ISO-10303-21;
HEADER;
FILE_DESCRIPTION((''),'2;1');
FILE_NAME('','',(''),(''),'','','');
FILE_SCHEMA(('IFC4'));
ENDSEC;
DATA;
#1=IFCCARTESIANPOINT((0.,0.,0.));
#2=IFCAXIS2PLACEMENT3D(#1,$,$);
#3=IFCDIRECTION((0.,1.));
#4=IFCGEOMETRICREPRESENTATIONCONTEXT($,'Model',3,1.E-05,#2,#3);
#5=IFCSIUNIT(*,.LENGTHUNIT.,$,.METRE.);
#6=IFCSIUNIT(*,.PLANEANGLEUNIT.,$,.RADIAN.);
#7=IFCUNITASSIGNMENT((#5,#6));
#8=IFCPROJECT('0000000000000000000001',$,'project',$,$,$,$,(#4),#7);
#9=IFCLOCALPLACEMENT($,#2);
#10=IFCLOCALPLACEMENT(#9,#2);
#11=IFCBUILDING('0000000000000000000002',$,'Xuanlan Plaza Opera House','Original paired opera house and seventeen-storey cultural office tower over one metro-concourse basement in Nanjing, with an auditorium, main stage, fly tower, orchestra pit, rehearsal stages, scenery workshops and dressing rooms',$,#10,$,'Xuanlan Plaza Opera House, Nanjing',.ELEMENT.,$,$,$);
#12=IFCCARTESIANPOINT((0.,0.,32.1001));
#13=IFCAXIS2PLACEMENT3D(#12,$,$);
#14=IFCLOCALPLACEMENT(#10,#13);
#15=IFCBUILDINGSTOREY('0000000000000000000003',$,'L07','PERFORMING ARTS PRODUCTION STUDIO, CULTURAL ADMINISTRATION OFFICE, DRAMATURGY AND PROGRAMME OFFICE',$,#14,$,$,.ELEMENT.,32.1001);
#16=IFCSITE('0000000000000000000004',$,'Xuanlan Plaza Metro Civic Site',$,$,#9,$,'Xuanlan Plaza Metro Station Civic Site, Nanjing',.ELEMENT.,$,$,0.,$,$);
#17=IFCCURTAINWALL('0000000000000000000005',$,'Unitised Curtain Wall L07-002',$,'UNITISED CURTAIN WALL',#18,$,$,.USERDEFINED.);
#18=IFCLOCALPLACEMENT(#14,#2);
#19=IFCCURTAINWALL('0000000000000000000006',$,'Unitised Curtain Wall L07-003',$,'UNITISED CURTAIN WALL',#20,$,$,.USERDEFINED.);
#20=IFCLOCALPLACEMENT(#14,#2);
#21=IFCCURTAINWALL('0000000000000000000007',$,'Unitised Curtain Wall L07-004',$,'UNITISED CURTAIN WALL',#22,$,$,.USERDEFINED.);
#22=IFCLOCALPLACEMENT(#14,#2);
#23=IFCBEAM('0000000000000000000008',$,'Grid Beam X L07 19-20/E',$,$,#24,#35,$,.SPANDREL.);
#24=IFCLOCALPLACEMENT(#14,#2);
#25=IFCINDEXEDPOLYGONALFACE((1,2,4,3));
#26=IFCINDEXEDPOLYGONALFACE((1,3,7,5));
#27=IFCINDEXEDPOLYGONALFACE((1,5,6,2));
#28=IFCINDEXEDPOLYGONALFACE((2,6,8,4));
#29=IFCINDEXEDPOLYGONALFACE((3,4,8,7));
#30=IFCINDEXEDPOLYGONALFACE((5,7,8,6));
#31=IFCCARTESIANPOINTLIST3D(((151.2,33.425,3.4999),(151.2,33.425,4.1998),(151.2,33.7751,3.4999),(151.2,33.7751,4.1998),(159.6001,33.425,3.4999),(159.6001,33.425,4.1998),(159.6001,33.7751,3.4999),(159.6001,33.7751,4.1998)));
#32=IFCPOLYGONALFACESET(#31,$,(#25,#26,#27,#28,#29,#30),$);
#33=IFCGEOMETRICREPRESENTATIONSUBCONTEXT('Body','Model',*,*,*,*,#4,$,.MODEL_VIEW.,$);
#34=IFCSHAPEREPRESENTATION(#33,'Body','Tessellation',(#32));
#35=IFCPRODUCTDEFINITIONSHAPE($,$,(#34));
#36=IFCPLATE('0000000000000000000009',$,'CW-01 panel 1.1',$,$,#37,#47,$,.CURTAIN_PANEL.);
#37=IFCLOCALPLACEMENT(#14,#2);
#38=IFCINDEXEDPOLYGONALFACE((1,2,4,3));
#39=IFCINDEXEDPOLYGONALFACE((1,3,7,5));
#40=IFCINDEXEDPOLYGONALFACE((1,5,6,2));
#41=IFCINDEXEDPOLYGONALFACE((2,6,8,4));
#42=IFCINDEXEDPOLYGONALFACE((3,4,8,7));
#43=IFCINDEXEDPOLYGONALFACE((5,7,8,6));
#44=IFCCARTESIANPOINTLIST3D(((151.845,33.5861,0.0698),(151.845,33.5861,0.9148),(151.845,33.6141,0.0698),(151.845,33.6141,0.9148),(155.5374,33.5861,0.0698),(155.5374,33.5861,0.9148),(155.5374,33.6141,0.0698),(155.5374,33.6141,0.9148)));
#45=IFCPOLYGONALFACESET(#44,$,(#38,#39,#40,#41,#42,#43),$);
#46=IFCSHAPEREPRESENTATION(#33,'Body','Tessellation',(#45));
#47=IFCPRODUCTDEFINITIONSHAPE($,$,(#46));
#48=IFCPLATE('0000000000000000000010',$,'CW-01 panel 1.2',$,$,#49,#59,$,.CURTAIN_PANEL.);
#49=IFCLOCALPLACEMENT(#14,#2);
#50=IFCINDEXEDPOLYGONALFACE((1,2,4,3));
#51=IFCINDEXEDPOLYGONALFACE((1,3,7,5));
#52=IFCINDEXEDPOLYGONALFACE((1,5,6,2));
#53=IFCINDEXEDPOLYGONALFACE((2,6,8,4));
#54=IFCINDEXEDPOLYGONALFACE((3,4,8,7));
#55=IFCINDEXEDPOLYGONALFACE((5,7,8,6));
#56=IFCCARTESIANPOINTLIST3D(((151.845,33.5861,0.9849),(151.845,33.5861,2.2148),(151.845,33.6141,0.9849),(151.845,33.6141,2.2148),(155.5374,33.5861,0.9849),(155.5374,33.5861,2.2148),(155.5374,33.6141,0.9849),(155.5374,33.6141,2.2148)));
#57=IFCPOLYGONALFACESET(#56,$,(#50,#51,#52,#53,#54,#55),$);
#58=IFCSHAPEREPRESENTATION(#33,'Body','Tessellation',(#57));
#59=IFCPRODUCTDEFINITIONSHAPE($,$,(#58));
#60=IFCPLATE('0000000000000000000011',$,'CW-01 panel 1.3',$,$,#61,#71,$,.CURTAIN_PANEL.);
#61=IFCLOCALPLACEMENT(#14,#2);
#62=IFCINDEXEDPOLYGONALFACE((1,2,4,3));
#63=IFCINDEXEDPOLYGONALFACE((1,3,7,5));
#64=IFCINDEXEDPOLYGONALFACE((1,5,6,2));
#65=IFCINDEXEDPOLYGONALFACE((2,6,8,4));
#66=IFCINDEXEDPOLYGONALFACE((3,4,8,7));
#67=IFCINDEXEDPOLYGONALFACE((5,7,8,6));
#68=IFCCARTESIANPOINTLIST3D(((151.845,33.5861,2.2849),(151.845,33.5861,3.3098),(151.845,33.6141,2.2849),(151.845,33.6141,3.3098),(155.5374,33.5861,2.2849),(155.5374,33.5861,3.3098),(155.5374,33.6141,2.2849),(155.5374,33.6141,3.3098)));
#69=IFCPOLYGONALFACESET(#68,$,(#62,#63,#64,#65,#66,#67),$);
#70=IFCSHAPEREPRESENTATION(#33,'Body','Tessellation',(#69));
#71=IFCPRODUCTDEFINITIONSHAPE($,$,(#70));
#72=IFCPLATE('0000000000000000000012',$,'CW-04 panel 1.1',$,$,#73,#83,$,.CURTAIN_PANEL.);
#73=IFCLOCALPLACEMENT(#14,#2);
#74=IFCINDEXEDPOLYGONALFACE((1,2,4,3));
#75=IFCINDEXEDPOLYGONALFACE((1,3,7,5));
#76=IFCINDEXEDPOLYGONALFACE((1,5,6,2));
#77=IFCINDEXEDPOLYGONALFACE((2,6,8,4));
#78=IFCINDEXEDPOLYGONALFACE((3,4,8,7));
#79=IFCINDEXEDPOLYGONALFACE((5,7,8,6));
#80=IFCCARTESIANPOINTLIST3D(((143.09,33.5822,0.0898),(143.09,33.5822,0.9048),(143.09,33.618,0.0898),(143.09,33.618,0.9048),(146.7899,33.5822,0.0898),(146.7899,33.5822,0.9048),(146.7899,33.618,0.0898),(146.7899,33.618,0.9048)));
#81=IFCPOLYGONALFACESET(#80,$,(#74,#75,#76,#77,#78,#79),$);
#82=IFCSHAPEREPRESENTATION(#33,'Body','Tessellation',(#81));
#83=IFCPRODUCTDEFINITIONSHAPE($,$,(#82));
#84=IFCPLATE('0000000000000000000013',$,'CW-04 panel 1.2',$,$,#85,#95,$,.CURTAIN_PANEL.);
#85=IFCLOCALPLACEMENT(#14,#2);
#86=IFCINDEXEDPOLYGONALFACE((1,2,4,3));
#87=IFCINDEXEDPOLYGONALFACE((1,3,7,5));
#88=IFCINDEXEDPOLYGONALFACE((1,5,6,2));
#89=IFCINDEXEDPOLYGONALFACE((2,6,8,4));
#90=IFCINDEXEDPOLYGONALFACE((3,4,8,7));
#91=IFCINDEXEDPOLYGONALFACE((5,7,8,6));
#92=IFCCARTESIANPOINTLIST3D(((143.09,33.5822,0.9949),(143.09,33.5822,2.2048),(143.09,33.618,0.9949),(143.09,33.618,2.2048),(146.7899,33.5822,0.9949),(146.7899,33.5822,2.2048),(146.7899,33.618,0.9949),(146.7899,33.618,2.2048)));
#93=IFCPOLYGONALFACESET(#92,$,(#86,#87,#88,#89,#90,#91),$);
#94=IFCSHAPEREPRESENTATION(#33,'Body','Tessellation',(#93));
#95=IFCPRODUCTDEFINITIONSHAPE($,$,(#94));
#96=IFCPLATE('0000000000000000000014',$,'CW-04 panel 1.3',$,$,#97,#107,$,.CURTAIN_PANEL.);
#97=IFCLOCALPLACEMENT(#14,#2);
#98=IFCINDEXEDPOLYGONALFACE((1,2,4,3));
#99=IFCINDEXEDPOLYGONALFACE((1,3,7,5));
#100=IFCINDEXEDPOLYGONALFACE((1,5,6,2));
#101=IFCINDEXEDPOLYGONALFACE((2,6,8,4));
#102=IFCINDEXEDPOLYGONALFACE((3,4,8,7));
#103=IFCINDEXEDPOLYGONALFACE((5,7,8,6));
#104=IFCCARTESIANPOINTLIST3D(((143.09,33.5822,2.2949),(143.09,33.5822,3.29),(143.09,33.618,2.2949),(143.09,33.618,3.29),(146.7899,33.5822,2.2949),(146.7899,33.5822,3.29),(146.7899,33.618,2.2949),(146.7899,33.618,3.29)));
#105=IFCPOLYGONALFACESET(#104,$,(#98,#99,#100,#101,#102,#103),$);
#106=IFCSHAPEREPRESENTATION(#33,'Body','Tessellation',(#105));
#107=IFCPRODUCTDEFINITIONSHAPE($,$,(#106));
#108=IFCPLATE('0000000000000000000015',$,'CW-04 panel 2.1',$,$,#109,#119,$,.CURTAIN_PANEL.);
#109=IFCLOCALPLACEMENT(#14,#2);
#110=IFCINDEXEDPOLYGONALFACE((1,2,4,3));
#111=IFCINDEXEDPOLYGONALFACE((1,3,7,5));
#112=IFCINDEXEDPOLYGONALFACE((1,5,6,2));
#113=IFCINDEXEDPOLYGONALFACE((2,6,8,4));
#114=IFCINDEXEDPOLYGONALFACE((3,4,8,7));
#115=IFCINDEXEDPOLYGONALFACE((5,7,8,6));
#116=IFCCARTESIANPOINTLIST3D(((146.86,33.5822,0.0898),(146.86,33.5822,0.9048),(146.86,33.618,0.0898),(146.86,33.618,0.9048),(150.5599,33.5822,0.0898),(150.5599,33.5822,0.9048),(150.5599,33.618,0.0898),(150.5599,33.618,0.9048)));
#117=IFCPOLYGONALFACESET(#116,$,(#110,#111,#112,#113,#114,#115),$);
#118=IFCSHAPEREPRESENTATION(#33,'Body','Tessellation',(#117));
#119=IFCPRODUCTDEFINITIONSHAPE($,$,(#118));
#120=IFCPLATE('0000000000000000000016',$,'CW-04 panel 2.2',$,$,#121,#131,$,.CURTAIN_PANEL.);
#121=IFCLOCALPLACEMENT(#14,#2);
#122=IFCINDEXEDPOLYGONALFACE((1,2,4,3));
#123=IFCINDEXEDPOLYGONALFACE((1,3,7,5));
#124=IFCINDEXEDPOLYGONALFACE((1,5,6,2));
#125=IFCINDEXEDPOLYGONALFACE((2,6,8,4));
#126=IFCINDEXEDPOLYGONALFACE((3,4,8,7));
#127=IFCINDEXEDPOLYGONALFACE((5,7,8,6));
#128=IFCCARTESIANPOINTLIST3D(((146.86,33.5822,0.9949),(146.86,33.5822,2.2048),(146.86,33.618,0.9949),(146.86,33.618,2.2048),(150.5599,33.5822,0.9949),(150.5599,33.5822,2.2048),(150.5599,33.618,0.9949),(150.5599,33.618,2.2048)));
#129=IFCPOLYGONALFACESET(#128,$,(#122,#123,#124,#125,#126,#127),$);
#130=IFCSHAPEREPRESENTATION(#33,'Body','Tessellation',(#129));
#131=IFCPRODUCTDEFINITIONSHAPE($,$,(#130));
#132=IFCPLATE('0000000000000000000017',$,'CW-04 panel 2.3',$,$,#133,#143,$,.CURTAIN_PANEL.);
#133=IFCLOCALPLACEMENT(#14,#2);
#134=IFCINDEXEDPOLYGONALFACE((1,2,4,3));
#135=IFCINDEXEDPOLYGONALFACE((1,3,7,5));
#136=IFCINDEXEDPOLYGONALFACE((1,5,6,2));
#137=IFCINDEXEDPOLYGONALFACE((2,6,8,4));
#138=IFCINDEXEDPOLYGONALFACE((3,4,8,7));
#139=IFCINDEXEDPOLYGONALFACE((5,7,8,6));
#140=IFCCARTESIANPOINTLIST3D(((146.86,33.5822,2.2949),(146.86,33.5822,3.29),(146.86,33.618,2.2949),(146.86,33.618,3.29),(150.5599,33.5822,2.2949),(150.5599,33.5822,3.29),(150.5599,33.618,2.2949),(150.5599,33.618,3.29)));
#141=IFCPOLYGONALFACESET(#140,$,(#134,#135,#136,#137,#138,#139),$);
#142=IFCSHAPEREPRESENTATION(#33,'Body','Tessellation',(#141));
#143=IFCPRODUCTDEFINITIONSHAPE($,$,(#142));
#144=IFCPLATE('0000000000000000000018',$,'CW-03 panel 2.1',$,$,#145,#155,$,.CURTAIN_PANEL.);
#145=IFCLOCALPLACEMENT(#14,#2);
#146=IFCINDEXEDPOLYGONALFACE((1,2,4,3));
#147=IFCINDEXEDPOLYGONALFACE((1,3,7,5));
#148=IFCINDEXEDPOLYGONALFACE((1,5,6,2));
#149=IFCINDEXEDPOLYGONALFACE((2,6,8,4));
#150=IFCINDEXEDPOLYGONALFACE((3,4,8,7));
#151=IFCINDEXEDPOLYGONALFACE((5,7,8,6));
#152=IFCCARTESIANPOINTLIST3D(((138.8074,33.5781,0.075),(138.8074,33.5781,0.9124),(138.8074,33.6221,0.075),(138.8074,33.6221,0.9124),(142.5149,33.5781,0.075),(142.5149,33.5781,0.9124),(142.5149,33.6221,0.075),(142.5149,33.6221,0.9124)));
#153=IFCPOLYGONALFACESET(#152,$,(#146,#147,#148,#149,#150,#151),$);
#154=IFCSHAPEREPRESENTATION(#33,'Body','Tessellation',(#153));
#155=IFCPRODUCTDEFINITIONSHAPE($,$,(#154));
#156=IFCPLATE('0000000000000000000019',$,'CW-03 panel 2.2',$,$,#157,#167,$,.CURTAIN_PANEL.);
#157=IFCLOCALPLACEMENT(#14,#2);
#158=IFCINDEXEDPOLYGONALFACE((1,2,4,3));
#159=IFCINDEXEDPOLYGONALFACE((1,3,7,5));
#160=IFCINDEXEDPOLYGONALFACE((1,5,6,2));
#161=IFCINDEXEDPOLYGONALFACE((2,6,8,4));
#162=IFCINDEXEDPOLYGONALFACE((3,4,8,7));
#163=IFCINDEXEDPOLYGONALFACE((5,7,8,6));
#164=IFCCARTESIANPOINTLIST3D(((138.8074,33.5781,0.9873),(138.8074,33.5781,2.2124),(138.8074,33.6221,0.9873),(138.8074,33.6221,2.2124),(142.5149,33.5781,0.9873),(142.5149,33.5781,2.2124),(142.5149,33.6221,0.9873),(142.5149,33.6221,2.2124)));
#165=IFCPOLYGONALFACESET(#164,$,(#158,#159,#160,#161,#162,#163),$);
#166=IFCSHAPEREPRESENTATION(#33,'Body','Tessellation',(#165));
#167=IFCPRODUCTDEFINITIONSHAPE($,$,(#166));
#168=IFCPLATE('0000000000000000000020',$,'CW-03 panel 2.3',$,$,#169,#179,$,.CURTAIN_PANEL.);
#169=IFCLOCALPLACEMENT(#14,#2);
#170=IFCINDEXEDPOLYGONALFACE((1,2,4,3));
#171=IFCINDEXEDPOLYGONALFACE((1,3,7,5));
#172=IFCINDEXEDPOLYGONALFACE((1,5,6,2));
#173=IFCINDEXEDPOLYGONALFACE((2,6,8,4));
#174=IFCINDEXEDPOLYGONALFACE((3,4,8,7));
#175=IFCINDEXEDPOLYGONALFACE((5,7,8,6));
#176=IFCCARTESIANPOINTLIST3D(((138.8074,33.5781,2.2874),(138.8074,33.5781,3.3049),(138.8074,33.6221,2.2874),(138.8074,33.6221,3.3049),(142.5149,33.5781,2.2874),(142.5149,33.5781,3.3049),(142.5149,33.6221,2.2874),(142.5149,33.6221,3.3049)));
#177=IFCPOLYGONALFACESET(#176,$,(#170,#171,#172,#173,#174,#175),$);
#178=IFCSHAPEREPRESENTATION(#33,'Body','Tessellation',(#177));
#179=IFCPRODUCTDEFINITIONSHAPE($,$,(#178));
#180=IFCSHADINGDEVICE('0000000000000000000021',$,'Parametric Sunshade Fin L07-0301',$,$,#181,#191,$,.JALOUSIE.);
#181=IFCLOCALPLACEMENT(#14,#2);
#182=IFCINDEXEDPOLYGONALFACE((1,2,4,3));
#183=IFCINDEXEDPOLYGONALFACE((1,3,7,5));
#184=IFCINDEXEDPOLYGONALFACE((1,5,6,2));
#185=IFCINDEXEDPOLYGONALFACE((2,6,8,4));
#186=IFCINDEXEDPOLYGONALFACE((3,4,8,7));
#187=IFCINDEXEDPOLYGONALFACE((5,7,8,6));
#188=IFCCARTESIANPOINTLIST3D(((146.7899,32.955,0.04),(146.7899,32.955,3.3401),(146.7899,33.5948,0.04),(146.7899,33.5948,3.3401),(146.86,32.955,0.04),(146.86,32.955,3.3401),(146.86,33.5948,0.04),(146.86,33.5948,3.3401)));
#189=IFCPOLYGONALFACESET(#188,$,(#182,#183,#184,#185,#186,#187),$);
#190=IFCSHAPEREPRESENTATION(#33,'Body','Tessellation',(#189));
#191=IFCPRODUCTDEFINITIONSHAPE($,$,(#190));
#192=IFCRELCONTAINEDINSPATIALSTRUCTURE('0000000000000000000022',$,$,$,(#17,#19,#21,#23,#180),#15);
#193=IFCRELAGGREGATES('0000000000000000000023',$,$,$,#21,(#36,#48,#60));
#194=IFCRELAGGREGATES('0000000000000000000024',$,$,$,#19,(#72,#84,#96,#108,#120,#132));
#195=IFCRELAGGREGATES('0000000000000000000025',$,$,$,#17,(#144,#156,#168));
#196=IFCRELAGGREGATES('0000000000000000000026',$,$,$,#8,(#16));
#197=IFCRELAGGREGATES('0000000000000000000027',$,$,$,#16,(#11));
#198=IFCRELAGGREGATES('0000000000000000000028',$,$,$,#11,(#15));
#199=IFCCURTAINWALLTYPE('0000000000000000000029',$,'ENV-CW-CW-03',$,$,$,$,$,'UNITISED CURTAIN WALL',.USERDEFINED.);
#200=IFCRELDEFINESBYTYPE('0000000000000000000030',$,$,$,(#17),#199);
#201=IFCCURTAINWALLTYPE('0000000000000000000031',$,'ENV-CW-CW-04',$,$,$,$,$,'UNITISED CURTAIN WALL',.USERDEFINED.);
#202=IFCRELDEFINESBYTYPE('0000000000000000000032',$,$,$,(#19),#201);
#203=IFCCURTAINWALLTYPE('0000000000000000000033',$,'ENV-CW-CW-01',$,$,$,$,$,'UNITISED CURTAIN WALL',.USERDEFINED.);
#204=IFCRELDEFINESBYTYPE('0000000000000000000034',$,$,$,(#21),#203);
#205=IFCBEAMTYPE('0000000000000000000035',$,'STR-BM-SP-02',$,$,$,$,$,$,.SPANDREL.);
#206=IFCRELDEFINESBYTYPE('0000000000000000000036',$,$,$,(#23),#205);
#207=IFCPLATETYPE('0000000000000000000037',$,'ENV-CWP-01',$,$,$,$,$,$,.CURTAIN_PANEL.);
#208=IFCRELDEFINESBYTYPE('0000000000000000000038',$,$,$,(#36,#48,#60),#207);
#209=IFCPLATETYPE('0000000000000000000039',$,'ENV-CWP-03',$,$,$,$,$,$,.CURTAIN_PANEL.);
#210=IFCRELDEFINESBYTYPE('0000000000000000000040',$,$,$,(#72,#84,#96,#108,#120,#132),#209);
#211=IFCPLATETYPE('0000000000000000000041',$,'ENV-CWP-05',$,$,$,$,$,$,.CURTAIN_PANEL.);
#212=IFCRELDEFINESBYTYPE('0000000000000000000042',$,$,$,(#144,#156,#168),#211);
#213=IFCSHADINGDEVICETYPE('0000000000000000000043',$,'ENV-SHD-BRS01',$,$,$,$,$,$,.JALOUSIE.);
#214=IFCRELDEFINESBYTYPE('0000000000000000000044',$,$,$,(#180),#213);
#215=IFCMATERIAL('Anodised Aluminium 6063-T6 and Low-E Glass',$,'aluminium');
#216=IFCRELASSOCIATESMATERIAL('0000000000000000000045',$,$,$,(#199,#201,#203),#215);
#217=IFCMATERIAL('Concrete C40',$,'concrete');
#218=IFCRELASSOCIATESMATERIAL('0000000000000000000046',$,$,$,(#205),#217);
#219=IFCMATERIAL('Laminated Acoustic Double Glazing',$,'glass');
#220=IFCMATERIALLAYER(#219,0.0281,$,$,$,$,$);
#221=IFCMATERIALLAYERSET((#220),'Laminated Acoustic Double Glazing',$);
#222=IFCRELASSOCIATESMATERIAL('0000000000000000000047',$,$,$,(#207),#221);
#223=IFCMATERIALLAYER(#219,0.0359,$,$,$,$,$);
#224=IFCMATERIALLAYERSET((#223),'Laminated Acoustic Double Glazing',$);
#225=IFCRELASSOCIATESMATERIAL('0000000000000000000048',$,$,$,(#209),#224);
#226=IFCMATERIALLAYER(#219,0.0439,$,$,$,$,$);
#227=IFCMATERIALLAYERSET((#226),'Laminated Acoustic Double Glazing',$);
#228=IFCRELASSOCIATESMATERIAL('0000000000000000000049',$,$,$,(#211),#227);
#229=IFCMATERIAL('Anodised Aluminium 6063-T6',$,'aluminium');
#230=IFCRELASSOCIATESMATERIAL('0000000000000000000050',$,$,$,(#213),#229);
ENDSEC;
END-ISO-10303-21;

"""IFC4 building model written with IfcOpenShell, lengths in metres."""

from ifc_helpers import new_model, si_unit, direction, frame, origin, origin_2d, place, context, subcontext, project, spatial, rectangle, extrude, material, layer, layer_set, material_profile, profile_set, type_object, element, aggregate, save


model = new_model("IFC4")

# Units and contexts
model_context = context("Model", 3, precision=1e-05, world=origin(), true_north=direction((0.0, 1.0)))
body_context = subcontext(model_context, "Body", "Model", "MODEL_VIEW")
ifc_project = project(units=[si_unit("LENGTHUNIT", "METRE"), si_unit("PLANEANGLEUNIT", "RADIAN")], contexts=[model_context])

# Site, building, storey
site_placement = place(None, origin())
site = spatial("IfcSite", under=ifc_project, at=site_placement, Name="Xuanlan Plaza Metro Civic Site", LongName="Xuanlan Plaza Metro Station Civic Site, Nanjing", CompositionType="ELEMENT", RefElevation=0.0)
building_placement = place(site_placement, origin())
building = spatial("IfcBuilding", under=site, at=building_placement, Name="Xuanlan Plaza Opera House", Description="Original paired opera house and seventeen-storey cultural office tower over one metro-concourse basement in Nanjing, with an auditorium, main stage, fly tower, orchestra pit, rehearsal stages, scenery workshops and dressing rooms", LongName="Xuanlan Plaza Opera House, Nanjing", CompositionType="ELEMENT")
storey_placement = place(building_placement, frame((0.0, 0.0, 32.1001)))
storey = spatial("IfcBuildingStorey", under=building, at=storey_placement, Name="L07", Description="PERFORMING ARTS PRODUCTION STUDIO, CULTURAL ADMINISTRATION OFFICE, DRAMATURGY AND PROGRAMME OFFICE", CompositionType="ELEMENT", Elevation=32.1001)

# Curtain wall
ifc_material_1 = material(Name="Anodised Aluminium 6063-T6 and Low-E Glass", Category="aluminium")
curtain_wall_type_1 = type_object("IfcCurtainWallType", Name="ENV-CW-CW-03", ElementType="UNITISED CURTAIN WALL", PredefinedType="USERDEFINED", material=ifc_material_1)
curtain_wall_1_placement = place(storey_placement, origin())
curtain_wall_1 = element("IfcCurtainWall", 1, at=curtain_wall_1_placement, inside=storey, type_object=curtain_wall_type_1, Name="Unitised Curtain Wall L07-002", ObjectType="UNITISED CURTAIN WALL", PredefinedType="USERDEFINED")
ifc_material_2 = material(Name="Anodised Aluminium 6063-T6", Category="aluminium")

# Curtain walls
curtain_wall_type_2 = type_object("IfcCurtainWallType", Name="ENV-CW-CW-04", ElementType="UNITISED CURTAIN WALL", PredefinedType="USERDEFINED", material=ifc_material_1)
curtain_wall_2_placement = place(storey_placement, origin())
curtain_wall_2 = element("IfcCurtainWall", 2, at=curtain_wall_2_placement, inside=storey, type_object=curtain_wall_type_2, Name="Unitised Curtain Wall L07-003", ObjectType="UNITISED CURTAIN WALL", PredefinedType="USERDEFINED")
curtain_wall_type_3 = type_object("IfcCurtainWallType", Name="ENV-CW-CW-01", ElementType="UNITISED CURTAIN WALL", PredefinedType="USERDEFINED", material=ifc_material_1)
curtain_wall_3_placement = place(storey_placement, origin())
curtain_wall_3 = element("IfcCurtainWall", 3, at=curtain_wall_3_placement, inside=storey, type_object=curtain_wall_type_3, Name="Unitised Curtain Wall L07-004", ObjectType="UNITISED CURTAIN WALL", PredefinedType="USERDEFINED")

# Beam
ifc_material_3 = material(Name="Concrete C40", Category="concrete")
ifc_material_profile_1 = material_profile(ifc_material_3, rectangle(XDim=0.3501, YDim=0.7, at=origin_2d()), Name="RC-SPD 350x700")
ifc_profile_set_1 = profile_set([ifc_material_profile_1], Name="Concrete C40")
beam_type_1 = type_object("IfcBeamType", Name="STR-BM-SP-02", PredefinedType="SPANDREL", material=ifc_profile_set_1)
beam_1_placement = place(storey_placement, frame((151.2, 33.6001, 3.8499), z_axis=(1.0, 0.0, 0.0), x_axis=(0.0, 1.0, 0.0)))
element("IfcBeam", 4, at=beam_1_placement, inside=storey, type_object=beam_type_1, Name="Grid Beam X L07 19-20/E", PredefinedType="SPANDREL", context=body_context, shape_type="SweptSolid", body=[
    extrude(rectangle(XDim=0.3501, YDim=0.7, at=origin_2d()), origin(), (0.0, 0.0, 1.0), 8.4001),
])

# Plates
ifc_material_4 = material(Name="Laminated Acoustic Double Glazing", Category="glass")
ifc_layer_1 = layer(ifc_material_4, 0.0281)
ifc_layer_set_1 = layer_set([ifc_layer_1], Name="Laminated Acoustic Double Glazing")
plate_type_1 = type_object("IfcPlateType", Name="ENV-CWP-01", PredefinedType="CURTAIN_PANEL", material=ifc_layer_set_1)
plate_1_placement = place(storey_placement, frame((153.6912, 33.6001, 0.0698), z_axis=(0.0, 0.0, 1.0), x_axis=(1.0, 0.0, 0.0)))
plate_1 = element("IfcPlate", 5, at=plate_1_placement, type_object=plate_type_1, Name="CW-01 panel 1.1", PredefinedType="CURTAIN_PANEL", context=body_context, shape_type="SweptSolid", body=[
    extrude(rectangle(XDim=3.6924, YDim=0.0281, at=origin_2d()), origin(), (0.0, 0.0, 1.0), 0.845),
])
plate_2_placement = place(storey_placement, frame((153.6912, 33.6001, 0.9849), z_axis=(0.0, 0.0, 1.0), x_axis=(1.0, 0.0, 0.0)))
plate_2 = element("IfcPlate", 6, at=plate_2_placement, type_object=plate_type_1, Name="CW-01 panel 1.2", PredefinedType="CURTAIN_PANEL", context=body_context, shape_type="SweptSolid", body=[
    extrude(rectangle(XDim=3.6924, YDim=0.0281, at=origin_2d()), origin(), (0.0, 0.0, 1.0), 1.23),
])
plate_3_placement = place(storey_placement, frame((153.6912, 33.6001, 2.2849), z_axis=(0.0, 0.0, 1.0), x_axis=(1.0, 0.0, 0.0)))
plate_3 = element("IfcPlate", 7, at=plate_3_placement, type_object=plate_type_1, Name="CW-01 panel 1.3", PredefinedType="CURTAIN_PANEL", context=body_context, shape_type="SweptSolid", body=[
    extrude(rectangle(XDim=3.6924, YDim=0.0281, at=origin_2d()), origin(), (0.0, 0.0, 1.0), 1.0249),
])
aggregate(curtain_wall_3, [plate_1, plate_2, plate_3])
ifc_layer_2 = layer(ifc_material_4, 0.0359)
ifc_layer_set_2 = layer_set([ifc_layer_2], Name="Laminated Acoustic Double Glazing")
plate_type_2 = type_object("IfcPlateType", Name="ENV-CWP-03", PredefinedType="CURTAIN_PANEL", material=ifc_layer_set_2)
plate_4_placement = place(storey_placement, frame((144.9399, 33.6001, 0.0898), z_axis=(0.0, 0.0, 1.0), x_axis=(1.0, 0.0, 0.0)))
plate_4 = element("IfcPlate", 8, at=plate_4_placement, type_object=plate_type_2, Name="CW-04 panel 1.1", PredefinedType="CURTAIN_PANEL", context=body_context, shape_type="SweptSolid", body=[
    extrude(rectangle(XDim=3.7, YDim=0.0359, at=origin_2d()), origin(), (0.0, 0.0, 1.0), 0.8149),
])
plate_5_placement = place(storey_placement, frame((144.9399, 33.6001, 0.9949), z_axis=(0.0, 0.0, 1.0), x_axis=(1.0, 0.0, 0.0)))
plate_5 = element("IfcPlate", 9, at=plate_5_placement, type_object=plate_type_2, Name="CW-04 panel 1.2", PredefinedType="CURTAIN_PANEL", context=body_context, shape_type="SweptSolid", body=[
    extrude(rectangle(XDim=3.7, YDim=0.0359, at=origin_2d()), origin(), (0.0, 0.0, 1.0), 1.21),
])
plate_6_placement = place(storey_placement, frame((144.9399, 33.6001, 2.2949), z_axis=(0.0, 0.0, 1.0), x_axis=(1.0, 0.0, 0.0)))
plate_6 = element("IfcPlate", 10, at=plate_6_placement, type_object=plate_type_2, Name="CW-04 panel 1.3", PredefinedType="CURTAIN_PANEL", context=body_context, shape_type="SweptSolid", body=[
    extrude(rectangle(XDim=3.7, YDim=0.0359, at=origin_2d()), origin(), (0.0, 0.0, 1.0), 0.9951),
])
plate_7_placement = place(storey_placement, frame((148.71, 33.6001, 0.0898), z_axis=(0.0, 0.0, 1.0), x_axis=(1.0, 0.0, 0.0)))
plate_7 = element("IfcPlate", 11, at=plate_7_placement, type_object=plate_type_2, Name="CW-04 panel 2.1", PredefinedType="CURTAIN_PANEL", context=body_context, shape_type="SweptSolid", body=[
    extrude(rectangle(XDim=3.7, YDim=0.0359, at=origin_2d()), origin(), (0.0, 0.0, 1.0), 0.8149),
])
plate_8_placement = place(storey_placement, frame((148.71, 33.6001, 0.9949), z_axis=(0.0, 0.0, 1.0), x_axis=(1.0, 0.0, 0.0)))
plate_8 = element("IfcPlate", 12, at=plate_8_placement, type_object=plate_type_2, Name="CW-04 panel 2.2", PredefinedType="CURTAIN_PANEL", context=body_context, shape_type="SweptSolid", body=[
    extrude(rectangle(XDim=3.7, YDim=0.0359, at=origin_2d()), origin(), (0.0, 0.0, 1.0), 1.21),
])
plate_9_placement = place(storey_placement, frame((148.71, 33.6001, 2.2949), z_axis=(0.0, 0.0, 1.0), x_axis=(1.0, 0.0, 0.0)))
plate_9 = element("IfcPlate", 13, at=plate_9_placement, type_object=plate_type_2, Name="CW-04 panel 2.3", PredefinedType="CURTAIN_PANEL", context=body_context, shape_type="SweptSolid", body=[
    extrude(rectangle(XDim=3.7, YDim=0.0359, at=origin_2d()), origin(), (0.0, 0.0, 1.0), 0.9951),
])
aggregate(curtain_wall_2, [plate_4, plate_5, plate_6, plate_7, plate_8, plate_9])
ifc_layer_3 = layer(ifc_material_4, 0.0439)
ifc_layer_set_3 = layer_set([ifc_layer_3], Name="Laminated Acoustic Double Glazing")
plate_type_3 = type_object("IfcPlateType", Name="ENV-CWP-05", PredefinedType="CURTAIN_PANEL", material=ifc_layer_set_3)
plate_10_placement = place(storey_placement, frame((140.6611, 33.6001, 0.075), z_axis=(0.0, 0.0, 1.0), x_axis=(1.0, 0.0, 0.0)))
plate_10 = element("IfcPlate", 14, at=plate_10_placement, type_object=plate_type_3, Name="CW-03 panel 2.1", PredefinedType="CURTAIN_PANEL", context=body_context, shape_type="SweptSolid", body=[
    extrude(rectangle(XDim=3.7075, YDim=0.0439, at=origin_2d()), origin(), (0.0, 0.0, 1.0), 0.8374),
])
plate_11_placement = place(storey_placement, frame((140.6611, 33.6001, 0.9873), z_axis=(0.0, 0.0, 1.0), x_axis=(1.0, 0.0, 0.0)))
plate_11 = element("IfcPlate", 15, at=plate_11_placement, type_object=plate_type_3, Name="CW-03 panel 2.2", PredefinedType="CURTAIN_PANEL", context=body_context, shape_type="SweptSolid", body=[
    extrude(rectangle(XDim=3.7075, YDim=0.0439, at=origin_2d()), origin(), (0.0, 0.0, 1.0), 1.2251),
])
plate_12_placement = place(storey_placement, frame((140.6611, 33.6001, 2.2874), z_axis=(0.0, 0.0, 1.0), x_axis=(1.0, 0.0, 0.0)))
plate_12 = element("IfcPlate", 16, at=plate_12_placement, type_object=plate_type_3, Name="CW-03 panel 2.3", PredefinedType="CURTAIN_PANEL", context=body_context, shape_type="SweptSolid", body=[
    extrude(rectangle(XDim=3.7075, YDim=0.0439, at=origin_2d()), origin(), (0.0, 0.0, 1.0), 1.0176),
])
aggregate(curtain_wall_1, [plate_10, plate_11, plate_12])

# Shading device
shading_device_type_1 = type_object("IfcShadingDeviceType", Name="ENV-SHD-BRS01", PredefinedType="JALOUSIE", material=ifc_material_2)
shading_device_1_placement = place(storey_placement, frame((146.825, 33.2749, 0.04), z_axis=(0.0, 0.0, 1.0), x_axis=(0.0, -1.0, 0.0)))
element("IfcShadingDevice", 17, at=shading_device_1_placement, inside=storey, type_object=shading_device_type_1, Name="Parametric Sunshade Fin L07-0301", PredefinedType="JALOUSIE", context=body_context, shape_type="SweptSolid", body=[
    extrude(rectangle(XDim=0.6399, YDim=0.0701, at=origin_2d()), origin(), (0.0, 0.0, 1.0), 3.3),
])

save(model, "model.ifc")
